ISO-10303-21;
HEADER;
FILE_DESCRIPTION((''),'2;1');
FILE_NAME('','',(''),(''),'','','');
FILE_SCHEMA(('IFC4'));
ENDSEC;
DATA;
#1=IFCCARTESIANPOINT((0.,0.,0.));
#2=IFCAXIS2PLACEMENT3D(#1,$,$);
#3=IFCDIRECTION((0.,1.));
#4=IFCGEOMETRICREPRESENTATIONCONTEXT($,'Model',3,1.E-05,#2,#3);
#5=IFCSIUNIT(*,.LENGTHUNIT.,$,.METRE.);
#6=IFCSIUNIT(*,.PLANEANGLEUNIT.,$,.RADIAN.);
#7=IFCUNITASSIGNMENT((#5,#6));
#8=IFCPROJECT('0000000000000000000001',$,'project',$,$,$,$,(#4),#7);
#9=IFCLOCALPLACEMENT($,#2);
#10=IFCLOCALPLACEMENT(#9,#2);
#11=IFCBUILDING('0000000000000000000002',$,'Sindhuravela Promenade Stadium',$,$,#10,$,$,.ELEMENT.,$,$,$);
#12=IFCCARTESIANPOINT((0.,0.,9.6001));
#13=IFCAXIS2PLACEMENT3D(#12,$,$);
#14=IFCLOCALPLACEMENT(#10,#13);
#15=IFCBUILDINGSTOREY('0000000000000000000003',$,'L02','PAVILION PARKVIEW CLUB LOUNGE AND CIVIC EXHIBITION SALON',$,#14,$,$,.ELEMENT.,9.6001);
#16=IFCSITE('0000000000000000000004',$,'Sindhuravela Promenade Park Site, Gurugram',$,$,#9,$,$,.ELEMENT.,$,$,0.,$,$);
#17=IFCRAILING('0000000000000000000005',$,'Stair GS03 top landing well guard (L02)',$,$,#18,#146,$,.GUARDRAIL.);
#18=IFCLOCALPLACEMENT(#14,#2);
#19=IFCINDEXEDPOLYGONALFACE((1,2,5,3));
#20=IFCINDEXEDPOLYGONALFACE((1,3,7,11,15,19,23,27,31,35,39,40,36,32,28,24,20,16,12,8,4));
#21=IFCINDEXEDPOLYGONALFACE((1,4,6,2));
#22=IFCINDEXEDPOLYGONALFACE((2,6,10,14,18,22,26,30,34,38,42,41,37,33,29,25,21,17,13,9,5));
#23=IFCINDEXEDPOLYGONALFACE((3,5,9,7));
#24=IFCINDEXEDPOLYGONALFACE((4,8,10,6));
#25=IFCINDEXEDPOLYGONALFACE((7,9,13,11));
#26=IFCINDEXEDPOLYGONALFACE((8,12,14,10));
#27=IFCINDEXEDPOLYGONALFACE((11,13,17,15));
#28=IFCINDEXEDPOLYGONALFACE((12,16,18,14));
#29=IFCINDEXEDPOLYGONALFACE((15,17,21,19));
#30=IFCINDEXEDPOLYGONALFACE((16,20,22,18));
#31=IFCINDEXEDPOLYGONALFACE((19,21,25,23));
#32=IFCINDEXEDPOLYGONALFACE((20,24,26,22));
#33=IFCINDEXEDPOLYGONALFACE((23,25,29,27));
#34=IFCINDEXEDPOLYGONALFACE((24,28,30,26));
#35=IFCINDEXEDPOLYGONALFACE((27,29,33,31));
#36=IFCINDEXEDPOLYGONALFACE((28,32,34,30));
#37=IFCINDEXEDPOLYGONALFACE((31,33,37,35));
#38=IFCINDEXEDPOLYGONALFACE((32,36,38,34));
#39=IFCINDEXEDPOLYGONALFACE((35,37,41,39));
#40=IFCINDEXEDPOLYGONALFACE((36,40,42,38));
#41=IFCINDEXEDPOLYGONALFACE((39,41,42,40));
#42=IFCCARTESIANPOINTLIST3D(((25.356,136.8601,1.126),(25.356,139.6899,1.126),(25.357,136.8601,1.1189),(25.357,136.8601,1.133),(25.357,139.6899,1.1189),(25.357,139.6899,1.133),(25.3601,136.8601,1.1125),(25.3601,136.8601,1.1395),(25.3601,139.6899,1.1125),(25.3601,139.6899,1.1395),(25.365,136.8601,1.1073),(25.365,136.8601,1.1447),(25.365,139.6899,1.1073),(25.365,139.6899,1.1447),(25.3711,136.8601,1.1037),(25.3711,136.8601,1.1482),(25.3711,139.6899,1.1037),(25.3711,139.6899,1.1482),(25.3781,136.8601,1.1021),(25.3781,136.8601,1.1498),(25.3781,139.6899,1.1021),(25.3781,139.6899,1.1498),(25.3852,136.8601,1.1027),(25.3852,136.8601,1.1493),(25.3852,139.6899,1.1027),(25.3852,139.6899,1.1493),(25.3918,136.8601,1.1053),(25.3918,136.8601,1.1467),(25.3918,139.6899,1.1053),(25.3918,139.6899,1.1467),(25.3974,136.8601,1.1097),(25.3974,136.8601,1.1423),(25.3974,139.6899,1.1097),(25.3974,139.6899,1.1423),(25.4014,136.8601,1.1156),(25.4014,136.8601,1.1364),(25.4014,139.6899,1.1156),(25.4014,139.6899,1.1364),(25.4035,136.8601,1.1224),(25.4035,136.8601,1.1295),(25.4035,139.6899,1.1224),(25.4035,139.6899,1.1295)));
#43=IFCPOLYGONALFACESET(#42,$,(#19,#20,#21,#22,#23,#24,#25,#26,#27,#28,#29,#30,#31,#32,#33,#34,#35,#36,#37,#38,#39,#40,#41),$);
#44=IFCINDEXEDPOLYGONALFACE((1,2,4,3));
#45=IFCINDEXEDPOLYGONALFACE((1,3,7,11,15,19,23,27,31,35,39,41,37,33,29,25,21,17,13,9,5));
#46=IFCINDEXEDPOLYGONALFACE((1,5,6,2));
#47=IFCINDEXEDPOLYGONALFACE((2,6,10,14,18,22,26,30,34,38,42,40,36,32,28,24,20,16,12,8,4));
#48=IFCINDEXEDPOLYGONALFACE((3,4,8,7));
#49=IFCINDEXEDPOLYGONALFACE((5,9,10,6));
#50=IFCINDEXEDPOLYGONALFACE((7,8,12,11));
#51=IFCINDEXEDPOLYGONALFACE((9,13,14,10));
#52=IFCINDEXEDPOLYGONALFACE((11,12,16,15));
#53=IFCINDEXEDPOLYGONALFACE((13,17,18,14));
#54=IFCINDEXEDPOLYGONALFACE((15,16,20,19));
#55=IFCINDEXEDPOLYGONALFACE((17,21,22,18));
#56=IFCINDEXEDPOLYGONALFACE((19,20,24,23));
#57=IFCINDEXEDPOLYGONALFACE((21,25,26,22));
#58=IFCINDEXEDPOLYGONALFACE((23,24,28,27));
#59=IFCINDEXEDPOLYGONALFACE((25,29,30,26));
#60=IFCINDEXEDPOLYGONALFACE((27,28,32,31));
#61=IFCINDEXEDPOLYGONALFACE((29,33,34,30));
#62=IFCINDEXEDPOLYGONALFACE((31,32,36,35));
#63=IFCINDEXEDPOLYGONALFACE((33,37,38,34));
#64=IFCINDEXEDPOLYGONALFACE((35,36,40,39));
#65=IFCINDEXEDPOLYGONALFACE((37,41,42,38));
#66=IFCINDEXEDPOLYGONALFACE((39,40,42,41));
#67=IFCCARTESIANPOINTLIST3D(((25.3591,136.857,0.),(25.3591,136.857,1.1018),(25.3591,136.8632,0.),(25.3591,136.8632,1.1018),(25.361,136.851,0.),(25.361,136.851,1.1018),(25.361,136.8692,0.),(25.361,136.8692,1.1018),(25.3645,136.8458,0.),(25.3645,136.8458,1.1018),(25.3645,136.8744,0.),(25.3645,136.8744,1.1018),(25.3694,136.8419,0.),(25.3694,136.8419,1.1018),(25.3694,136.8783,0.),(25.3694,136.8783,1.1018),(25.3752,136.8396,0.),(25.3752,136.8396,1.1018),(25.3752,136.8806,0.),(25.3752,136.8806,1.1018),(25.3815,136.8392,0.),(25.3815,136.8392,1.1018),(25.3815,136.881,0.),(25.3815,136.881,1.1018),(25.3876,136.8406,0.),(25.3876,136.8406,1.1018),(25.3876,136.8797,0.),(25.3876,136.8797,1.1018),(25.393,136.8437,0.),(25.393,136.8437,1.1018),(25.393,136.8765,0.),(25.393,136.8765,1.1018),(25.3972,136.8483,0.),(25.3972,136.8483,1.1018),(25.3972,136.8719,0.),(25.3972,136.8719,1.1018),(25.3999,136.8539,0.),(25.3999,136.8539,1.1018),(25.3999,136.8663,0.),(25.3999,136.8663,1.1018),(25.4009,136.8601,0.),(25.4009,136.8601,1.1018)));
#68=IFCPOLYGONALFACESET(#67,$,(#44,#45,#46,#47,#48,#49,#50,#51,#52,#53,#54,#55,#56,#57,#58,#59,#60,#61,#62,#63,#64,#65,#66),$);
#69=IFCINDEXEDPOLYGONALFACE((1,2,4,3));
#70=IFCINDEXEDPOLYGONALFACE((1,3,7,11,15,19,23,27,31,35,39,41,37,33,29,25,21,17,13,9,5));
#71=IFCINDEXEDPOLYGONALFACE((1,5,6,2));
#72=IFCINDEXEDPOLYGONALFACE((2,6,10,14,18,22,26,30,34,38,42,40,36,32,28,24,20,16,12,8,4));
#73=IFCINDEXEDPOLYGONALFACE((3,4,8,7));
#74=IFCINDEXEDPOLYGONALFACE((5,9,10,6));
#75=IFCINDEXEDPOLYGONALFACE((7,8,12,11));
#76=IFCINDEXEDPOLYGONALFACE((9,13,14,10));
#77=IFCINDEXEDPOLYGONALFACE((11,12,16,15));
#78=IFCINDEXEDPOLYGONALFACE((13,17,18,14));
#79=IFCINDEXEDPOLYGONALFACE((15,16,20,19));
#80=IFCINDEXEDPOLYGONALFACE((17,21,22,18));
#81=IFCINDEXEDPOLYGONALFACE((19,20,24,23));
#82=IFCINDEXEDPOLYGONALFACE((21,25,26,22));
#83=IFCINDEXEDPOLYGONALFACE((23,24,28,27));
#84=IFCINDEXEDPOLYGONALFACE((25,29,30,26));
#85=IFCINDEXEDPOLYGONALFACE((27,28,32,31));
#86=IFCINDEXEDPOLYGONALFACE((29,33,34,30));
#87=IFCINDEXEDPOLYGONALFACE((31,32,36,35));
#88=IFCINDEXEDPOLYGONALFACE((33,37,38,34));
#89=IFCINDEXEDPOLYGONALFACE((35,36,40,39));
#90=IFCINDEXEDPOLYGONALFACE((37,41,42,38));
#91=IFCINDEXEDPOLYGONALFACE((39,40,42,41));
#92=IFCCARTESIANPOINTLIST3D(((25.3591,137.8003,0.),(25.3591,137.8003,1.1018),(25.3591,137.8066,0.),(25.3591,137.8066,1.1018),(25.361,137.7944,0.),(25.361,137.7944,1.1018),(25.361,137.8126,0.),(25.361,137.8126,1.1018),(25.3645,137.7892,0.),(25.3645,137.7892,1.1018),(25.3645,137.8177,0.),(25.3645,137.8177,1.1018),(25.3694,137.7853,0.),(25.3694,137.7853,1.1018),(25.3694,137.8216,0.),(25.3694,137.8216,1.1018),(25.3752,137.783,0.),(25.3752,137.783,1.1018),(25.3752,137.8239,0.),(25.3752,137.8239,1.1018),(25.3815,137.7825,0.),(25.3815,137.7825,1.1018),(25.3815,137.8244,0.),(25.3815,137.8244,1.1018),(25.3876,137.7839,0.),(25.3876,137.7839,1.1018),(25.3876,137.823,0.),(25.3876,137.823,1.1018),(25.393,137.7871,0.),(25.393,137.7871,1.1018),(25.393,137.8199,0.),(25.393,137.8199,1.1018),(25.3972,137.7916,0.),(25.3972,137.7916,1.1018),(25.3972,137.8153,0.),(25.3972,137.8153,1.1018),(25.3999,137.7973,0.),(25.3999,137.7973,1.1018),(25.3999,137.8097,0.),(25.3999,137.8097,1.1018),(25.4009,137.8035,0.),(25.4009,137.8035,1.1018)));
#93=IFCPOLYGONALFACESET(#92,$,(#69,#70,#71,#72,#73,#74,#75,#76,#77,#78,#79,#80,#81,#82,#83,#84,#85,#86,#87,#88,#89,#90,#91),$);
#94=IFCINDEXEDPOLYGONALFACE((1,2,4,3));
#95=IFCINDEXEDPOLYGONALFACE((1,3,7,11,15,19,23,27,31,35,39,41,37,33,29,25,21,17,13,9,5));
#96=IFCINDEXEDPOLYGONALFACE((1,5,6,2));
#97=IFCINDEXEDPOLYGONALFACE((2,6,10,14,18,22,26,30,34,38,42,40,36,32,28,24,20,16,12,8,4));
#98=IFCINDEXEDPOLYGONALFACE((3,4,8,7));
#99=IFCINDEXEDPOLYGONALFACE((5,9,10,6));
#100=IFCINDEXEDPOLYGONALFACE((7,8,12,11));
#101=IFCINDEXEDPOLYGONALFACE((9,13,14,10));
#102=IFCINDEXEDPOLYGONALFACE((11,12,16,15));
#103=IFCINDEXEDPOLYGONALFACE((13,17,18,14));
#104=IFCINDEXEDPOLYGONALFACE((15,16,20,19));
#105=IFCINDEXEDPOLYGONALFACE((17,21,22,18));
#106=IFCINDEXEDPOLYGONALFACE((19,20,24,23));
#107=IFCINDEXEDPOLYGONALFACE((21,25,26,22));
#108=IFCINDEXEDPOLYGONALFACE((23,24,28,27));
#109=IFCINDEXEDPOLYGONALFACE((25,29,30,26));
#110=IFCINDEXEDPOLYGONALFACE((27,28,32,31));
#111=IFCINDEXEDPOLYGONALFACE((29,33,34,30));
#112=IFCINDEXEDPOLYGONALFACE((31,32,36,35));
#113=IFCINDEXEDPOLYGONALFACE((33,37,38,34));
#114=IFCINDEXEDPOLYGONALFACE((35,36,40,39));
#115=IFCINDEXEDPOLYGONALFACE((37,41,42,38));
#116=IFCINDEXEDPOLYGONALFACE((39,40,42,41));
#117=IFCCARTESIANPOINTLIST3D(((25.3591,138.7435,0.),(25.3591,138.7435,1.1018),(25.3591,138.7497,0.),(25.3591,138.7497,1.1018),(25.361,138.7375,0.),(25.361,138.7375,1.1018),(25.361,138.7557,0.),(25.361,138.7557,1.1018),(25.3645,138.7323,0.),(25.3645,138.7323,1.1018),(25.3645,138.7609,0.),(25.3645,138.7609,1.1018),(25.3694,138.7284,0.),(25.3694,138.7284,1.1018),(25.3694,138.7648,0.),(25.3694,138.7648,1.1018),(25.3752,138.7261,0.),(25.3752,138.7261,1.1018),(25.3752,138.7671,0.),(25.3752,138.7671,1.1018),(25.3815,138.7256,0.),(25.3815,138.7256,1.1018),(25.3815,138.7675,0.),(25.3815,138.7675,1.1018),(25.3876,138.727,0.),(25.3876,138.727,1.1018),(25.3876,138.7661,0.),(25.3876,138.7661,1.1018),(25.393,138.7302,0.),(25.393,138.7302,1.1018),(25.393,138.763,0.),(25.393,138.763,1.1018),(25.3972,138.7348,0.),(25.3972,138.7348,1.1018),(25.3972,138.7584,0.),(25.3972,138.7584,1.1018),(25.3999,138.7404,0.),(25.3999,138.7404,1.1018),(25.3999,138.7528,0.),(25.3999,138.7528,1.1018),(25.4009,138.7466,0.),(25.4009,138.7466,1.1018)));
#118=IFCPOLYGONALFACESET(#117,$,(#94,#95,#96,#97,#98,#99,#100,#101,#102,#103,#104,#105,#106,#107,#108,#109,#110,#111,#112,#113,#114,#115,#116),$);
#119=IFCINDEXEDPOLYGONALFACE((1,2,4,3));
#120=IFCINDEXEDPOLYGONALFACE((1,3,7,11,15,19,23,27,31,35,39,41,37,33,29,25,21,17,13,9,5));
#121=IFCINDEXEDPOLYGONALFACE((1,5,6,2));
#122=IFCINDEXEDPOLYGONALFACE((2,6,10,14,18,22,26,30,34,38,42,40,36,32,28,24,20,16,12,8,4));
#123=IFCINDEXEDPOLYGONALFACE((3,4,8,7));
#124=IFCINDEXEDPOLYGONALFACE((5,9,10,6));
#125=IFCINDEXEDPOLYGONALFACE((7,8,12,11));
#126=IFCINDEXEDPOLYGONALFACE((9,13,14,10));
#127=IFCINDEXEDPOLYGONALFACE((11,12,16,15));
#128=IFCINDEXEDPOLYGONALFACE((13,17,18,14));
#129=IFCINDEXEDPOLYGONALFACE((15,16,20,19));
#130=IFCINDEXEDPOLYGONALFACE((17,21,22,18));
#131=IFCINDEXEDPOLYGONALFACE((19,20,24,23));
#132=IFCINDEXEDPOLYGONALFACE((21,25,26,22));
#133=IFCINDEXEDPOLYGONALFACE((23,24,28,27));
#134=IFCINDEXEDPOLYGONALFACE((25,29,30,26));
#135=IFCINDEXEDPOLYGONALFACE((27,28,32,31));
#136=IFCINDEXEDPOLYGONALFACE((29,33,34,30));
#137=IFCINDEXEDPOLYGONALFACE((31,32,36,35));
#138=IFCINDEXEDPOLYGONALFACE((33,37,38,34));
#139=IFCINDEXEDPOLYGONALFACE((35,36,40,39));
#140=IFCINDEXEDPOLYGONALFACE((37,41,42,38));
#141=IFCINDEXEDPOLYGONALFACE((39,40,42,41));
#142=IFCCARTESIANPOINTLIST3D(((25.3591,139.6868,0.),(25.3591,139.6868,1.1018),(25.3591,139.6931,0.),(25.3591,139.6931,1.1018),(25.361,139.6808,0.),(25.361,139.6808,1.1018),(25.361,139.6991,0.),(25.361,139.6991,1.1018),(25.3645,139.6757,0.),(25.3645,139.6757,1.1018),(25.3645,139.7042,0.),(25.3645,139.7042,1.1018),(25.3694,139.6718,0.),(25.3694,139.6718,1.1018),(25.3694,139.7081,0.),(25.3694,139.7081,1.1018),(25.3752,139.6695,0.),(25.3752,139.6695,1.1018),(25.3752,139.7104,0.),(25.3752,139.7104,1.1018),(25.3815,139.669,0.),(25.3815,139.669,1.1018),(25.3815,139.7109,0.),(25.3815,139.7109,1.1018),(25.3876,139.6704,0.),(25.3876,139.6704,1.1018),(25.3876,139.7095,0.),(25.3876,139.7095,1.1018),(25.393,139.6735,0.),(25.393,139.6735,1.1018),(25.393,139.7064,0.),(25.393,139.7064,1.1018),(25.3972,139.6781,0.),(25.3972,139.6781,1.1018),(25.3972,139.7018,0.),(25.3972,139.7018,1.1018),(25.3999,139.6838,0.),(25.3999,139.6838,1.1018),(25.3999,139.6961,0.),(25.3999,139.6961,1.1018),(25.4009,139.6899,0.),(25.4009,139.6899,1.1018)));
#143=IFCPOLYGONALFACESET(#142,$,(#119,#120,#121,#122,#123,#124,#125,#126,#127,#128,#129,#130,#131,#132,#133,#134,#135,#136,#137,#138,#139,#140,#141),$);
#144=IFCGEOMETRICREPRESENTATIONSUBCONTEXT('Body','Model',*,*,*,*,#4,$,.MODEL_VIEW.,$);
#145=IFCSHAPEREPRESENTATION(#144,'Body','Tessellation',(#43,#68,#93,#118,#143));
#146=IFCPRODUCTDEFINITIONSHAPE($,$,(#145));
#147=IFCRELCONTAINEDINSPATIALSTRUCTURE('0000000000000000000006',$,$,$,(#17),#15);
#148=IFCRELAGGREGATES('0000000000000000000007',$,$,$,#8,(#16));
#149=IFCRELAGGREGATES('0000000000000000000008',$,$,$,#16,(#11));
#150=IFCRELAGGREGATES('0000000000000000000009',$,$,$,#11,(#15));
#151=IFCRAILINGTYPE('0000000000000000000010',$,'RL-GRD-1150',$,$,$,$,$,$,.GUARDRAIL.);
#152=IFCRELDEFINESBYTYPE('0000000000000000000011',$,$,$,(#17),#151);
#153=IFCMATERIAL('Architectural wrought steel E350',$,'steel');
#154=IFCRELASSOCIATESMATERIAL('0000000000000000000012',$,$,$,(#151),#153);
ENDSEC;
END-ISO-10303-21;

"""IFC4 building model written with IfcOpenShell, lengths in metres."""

from ifc_helpers import new_model, si_unit, direction, frame, origin, origin_2d, place, context, subcontext, project, spatial, circle, extrude, material, type_object, element, save


model = new_model("IFC4")

# Units and contexts
model_context = context("Model", 3, precision=1e-05, world=origin(), true_north=direction((0.0, 1.0)))
body_context = subcontext(model_context, "Body", "Model", "MODEL_VIEW")
ifc_project = project(units=[si_unit("LENGTHUNIT", "METRE"), si_unit("PLANEANGLEUNIT", "RADIAN")], contexts=[model_context])

# Site, building, storey
site_placement = place(None, origin())
site = spatial("IfcSite", under=ifc_project, at=site_placement, Name="Sindhuravela Promenade Park Site, Gurugram", CompositionType="ELEMENT", RefElevation=0.0)
building_placement = place(site_placement, origin())
building = spatial("IfcBuilding", under=site, at=building_placement, Name="Sindhuravela Promenade Stadium", CompositionType="ELEMENT")
storey_placement = place(building_placement, frame((0.0, 0.0, 9.6001)))
storey = spatial("IfcBuildingStorey", under=building, at=storey_placement, Name="L02", Description="PAVILION PARKVIEW CLUB LOUNGE AND CIVIC EXHIBITION SALON", CompositionType="ELEMENT", Elevation=9.6001)

# Shared definitions
ifc_material_1 = material(Name="Architectural wrought steel E350", Category="steel")

# Railing
railing_type = type_object("IfcRailingType", Name="RL-GRD-1150", PredefinedType="GUARDRAIL", material=ifc_material_1)
railing_placement = place(storey_placement, frame((25.3799, 136.8601, 0.0)))
element("IfcRailing", 1, at=railing_placement, inside=storey, type_object=railing_type, Name="Stair GS03 top landing well guard (L02)", PredefinedType="GUARDRAIL", context=body_context, shape_type="SweptSolid", body=[
    extrude(circle(Radius=0.0239, at=origin_2d()), frame((0.0, 0.0, 1.126), z_axis=(0.0, 1.0, 0.0), x_axis=(-1.0, 0.0, 0.0)), (0.0, 0.0, 1.0), 2.8298),
    extrude(circle(Radius=0.021, at=origin_2d()), origin(), (0.0, 0.0, 1.0), 1.1018),
    extrude(circle(Radius=0.021, at=origin_2d()), frame((0.0, 0.9434, 0.0)), (0.0, 0.0, 1.0), 1.1018),
    extrude(circle(Radius=0.021, at=origin_2d()), frame((0.0, 1.8865, 0.0)), (0.0, 0.0, 1.0), 1.1018),
    extrude(circle(Radius=0.021, at=origin_2d()), frame((0.0, 2.8298, 0.0)), (0.0, 0.0, 1.0), 1.1018),
])

save(model, "model.ifc")
